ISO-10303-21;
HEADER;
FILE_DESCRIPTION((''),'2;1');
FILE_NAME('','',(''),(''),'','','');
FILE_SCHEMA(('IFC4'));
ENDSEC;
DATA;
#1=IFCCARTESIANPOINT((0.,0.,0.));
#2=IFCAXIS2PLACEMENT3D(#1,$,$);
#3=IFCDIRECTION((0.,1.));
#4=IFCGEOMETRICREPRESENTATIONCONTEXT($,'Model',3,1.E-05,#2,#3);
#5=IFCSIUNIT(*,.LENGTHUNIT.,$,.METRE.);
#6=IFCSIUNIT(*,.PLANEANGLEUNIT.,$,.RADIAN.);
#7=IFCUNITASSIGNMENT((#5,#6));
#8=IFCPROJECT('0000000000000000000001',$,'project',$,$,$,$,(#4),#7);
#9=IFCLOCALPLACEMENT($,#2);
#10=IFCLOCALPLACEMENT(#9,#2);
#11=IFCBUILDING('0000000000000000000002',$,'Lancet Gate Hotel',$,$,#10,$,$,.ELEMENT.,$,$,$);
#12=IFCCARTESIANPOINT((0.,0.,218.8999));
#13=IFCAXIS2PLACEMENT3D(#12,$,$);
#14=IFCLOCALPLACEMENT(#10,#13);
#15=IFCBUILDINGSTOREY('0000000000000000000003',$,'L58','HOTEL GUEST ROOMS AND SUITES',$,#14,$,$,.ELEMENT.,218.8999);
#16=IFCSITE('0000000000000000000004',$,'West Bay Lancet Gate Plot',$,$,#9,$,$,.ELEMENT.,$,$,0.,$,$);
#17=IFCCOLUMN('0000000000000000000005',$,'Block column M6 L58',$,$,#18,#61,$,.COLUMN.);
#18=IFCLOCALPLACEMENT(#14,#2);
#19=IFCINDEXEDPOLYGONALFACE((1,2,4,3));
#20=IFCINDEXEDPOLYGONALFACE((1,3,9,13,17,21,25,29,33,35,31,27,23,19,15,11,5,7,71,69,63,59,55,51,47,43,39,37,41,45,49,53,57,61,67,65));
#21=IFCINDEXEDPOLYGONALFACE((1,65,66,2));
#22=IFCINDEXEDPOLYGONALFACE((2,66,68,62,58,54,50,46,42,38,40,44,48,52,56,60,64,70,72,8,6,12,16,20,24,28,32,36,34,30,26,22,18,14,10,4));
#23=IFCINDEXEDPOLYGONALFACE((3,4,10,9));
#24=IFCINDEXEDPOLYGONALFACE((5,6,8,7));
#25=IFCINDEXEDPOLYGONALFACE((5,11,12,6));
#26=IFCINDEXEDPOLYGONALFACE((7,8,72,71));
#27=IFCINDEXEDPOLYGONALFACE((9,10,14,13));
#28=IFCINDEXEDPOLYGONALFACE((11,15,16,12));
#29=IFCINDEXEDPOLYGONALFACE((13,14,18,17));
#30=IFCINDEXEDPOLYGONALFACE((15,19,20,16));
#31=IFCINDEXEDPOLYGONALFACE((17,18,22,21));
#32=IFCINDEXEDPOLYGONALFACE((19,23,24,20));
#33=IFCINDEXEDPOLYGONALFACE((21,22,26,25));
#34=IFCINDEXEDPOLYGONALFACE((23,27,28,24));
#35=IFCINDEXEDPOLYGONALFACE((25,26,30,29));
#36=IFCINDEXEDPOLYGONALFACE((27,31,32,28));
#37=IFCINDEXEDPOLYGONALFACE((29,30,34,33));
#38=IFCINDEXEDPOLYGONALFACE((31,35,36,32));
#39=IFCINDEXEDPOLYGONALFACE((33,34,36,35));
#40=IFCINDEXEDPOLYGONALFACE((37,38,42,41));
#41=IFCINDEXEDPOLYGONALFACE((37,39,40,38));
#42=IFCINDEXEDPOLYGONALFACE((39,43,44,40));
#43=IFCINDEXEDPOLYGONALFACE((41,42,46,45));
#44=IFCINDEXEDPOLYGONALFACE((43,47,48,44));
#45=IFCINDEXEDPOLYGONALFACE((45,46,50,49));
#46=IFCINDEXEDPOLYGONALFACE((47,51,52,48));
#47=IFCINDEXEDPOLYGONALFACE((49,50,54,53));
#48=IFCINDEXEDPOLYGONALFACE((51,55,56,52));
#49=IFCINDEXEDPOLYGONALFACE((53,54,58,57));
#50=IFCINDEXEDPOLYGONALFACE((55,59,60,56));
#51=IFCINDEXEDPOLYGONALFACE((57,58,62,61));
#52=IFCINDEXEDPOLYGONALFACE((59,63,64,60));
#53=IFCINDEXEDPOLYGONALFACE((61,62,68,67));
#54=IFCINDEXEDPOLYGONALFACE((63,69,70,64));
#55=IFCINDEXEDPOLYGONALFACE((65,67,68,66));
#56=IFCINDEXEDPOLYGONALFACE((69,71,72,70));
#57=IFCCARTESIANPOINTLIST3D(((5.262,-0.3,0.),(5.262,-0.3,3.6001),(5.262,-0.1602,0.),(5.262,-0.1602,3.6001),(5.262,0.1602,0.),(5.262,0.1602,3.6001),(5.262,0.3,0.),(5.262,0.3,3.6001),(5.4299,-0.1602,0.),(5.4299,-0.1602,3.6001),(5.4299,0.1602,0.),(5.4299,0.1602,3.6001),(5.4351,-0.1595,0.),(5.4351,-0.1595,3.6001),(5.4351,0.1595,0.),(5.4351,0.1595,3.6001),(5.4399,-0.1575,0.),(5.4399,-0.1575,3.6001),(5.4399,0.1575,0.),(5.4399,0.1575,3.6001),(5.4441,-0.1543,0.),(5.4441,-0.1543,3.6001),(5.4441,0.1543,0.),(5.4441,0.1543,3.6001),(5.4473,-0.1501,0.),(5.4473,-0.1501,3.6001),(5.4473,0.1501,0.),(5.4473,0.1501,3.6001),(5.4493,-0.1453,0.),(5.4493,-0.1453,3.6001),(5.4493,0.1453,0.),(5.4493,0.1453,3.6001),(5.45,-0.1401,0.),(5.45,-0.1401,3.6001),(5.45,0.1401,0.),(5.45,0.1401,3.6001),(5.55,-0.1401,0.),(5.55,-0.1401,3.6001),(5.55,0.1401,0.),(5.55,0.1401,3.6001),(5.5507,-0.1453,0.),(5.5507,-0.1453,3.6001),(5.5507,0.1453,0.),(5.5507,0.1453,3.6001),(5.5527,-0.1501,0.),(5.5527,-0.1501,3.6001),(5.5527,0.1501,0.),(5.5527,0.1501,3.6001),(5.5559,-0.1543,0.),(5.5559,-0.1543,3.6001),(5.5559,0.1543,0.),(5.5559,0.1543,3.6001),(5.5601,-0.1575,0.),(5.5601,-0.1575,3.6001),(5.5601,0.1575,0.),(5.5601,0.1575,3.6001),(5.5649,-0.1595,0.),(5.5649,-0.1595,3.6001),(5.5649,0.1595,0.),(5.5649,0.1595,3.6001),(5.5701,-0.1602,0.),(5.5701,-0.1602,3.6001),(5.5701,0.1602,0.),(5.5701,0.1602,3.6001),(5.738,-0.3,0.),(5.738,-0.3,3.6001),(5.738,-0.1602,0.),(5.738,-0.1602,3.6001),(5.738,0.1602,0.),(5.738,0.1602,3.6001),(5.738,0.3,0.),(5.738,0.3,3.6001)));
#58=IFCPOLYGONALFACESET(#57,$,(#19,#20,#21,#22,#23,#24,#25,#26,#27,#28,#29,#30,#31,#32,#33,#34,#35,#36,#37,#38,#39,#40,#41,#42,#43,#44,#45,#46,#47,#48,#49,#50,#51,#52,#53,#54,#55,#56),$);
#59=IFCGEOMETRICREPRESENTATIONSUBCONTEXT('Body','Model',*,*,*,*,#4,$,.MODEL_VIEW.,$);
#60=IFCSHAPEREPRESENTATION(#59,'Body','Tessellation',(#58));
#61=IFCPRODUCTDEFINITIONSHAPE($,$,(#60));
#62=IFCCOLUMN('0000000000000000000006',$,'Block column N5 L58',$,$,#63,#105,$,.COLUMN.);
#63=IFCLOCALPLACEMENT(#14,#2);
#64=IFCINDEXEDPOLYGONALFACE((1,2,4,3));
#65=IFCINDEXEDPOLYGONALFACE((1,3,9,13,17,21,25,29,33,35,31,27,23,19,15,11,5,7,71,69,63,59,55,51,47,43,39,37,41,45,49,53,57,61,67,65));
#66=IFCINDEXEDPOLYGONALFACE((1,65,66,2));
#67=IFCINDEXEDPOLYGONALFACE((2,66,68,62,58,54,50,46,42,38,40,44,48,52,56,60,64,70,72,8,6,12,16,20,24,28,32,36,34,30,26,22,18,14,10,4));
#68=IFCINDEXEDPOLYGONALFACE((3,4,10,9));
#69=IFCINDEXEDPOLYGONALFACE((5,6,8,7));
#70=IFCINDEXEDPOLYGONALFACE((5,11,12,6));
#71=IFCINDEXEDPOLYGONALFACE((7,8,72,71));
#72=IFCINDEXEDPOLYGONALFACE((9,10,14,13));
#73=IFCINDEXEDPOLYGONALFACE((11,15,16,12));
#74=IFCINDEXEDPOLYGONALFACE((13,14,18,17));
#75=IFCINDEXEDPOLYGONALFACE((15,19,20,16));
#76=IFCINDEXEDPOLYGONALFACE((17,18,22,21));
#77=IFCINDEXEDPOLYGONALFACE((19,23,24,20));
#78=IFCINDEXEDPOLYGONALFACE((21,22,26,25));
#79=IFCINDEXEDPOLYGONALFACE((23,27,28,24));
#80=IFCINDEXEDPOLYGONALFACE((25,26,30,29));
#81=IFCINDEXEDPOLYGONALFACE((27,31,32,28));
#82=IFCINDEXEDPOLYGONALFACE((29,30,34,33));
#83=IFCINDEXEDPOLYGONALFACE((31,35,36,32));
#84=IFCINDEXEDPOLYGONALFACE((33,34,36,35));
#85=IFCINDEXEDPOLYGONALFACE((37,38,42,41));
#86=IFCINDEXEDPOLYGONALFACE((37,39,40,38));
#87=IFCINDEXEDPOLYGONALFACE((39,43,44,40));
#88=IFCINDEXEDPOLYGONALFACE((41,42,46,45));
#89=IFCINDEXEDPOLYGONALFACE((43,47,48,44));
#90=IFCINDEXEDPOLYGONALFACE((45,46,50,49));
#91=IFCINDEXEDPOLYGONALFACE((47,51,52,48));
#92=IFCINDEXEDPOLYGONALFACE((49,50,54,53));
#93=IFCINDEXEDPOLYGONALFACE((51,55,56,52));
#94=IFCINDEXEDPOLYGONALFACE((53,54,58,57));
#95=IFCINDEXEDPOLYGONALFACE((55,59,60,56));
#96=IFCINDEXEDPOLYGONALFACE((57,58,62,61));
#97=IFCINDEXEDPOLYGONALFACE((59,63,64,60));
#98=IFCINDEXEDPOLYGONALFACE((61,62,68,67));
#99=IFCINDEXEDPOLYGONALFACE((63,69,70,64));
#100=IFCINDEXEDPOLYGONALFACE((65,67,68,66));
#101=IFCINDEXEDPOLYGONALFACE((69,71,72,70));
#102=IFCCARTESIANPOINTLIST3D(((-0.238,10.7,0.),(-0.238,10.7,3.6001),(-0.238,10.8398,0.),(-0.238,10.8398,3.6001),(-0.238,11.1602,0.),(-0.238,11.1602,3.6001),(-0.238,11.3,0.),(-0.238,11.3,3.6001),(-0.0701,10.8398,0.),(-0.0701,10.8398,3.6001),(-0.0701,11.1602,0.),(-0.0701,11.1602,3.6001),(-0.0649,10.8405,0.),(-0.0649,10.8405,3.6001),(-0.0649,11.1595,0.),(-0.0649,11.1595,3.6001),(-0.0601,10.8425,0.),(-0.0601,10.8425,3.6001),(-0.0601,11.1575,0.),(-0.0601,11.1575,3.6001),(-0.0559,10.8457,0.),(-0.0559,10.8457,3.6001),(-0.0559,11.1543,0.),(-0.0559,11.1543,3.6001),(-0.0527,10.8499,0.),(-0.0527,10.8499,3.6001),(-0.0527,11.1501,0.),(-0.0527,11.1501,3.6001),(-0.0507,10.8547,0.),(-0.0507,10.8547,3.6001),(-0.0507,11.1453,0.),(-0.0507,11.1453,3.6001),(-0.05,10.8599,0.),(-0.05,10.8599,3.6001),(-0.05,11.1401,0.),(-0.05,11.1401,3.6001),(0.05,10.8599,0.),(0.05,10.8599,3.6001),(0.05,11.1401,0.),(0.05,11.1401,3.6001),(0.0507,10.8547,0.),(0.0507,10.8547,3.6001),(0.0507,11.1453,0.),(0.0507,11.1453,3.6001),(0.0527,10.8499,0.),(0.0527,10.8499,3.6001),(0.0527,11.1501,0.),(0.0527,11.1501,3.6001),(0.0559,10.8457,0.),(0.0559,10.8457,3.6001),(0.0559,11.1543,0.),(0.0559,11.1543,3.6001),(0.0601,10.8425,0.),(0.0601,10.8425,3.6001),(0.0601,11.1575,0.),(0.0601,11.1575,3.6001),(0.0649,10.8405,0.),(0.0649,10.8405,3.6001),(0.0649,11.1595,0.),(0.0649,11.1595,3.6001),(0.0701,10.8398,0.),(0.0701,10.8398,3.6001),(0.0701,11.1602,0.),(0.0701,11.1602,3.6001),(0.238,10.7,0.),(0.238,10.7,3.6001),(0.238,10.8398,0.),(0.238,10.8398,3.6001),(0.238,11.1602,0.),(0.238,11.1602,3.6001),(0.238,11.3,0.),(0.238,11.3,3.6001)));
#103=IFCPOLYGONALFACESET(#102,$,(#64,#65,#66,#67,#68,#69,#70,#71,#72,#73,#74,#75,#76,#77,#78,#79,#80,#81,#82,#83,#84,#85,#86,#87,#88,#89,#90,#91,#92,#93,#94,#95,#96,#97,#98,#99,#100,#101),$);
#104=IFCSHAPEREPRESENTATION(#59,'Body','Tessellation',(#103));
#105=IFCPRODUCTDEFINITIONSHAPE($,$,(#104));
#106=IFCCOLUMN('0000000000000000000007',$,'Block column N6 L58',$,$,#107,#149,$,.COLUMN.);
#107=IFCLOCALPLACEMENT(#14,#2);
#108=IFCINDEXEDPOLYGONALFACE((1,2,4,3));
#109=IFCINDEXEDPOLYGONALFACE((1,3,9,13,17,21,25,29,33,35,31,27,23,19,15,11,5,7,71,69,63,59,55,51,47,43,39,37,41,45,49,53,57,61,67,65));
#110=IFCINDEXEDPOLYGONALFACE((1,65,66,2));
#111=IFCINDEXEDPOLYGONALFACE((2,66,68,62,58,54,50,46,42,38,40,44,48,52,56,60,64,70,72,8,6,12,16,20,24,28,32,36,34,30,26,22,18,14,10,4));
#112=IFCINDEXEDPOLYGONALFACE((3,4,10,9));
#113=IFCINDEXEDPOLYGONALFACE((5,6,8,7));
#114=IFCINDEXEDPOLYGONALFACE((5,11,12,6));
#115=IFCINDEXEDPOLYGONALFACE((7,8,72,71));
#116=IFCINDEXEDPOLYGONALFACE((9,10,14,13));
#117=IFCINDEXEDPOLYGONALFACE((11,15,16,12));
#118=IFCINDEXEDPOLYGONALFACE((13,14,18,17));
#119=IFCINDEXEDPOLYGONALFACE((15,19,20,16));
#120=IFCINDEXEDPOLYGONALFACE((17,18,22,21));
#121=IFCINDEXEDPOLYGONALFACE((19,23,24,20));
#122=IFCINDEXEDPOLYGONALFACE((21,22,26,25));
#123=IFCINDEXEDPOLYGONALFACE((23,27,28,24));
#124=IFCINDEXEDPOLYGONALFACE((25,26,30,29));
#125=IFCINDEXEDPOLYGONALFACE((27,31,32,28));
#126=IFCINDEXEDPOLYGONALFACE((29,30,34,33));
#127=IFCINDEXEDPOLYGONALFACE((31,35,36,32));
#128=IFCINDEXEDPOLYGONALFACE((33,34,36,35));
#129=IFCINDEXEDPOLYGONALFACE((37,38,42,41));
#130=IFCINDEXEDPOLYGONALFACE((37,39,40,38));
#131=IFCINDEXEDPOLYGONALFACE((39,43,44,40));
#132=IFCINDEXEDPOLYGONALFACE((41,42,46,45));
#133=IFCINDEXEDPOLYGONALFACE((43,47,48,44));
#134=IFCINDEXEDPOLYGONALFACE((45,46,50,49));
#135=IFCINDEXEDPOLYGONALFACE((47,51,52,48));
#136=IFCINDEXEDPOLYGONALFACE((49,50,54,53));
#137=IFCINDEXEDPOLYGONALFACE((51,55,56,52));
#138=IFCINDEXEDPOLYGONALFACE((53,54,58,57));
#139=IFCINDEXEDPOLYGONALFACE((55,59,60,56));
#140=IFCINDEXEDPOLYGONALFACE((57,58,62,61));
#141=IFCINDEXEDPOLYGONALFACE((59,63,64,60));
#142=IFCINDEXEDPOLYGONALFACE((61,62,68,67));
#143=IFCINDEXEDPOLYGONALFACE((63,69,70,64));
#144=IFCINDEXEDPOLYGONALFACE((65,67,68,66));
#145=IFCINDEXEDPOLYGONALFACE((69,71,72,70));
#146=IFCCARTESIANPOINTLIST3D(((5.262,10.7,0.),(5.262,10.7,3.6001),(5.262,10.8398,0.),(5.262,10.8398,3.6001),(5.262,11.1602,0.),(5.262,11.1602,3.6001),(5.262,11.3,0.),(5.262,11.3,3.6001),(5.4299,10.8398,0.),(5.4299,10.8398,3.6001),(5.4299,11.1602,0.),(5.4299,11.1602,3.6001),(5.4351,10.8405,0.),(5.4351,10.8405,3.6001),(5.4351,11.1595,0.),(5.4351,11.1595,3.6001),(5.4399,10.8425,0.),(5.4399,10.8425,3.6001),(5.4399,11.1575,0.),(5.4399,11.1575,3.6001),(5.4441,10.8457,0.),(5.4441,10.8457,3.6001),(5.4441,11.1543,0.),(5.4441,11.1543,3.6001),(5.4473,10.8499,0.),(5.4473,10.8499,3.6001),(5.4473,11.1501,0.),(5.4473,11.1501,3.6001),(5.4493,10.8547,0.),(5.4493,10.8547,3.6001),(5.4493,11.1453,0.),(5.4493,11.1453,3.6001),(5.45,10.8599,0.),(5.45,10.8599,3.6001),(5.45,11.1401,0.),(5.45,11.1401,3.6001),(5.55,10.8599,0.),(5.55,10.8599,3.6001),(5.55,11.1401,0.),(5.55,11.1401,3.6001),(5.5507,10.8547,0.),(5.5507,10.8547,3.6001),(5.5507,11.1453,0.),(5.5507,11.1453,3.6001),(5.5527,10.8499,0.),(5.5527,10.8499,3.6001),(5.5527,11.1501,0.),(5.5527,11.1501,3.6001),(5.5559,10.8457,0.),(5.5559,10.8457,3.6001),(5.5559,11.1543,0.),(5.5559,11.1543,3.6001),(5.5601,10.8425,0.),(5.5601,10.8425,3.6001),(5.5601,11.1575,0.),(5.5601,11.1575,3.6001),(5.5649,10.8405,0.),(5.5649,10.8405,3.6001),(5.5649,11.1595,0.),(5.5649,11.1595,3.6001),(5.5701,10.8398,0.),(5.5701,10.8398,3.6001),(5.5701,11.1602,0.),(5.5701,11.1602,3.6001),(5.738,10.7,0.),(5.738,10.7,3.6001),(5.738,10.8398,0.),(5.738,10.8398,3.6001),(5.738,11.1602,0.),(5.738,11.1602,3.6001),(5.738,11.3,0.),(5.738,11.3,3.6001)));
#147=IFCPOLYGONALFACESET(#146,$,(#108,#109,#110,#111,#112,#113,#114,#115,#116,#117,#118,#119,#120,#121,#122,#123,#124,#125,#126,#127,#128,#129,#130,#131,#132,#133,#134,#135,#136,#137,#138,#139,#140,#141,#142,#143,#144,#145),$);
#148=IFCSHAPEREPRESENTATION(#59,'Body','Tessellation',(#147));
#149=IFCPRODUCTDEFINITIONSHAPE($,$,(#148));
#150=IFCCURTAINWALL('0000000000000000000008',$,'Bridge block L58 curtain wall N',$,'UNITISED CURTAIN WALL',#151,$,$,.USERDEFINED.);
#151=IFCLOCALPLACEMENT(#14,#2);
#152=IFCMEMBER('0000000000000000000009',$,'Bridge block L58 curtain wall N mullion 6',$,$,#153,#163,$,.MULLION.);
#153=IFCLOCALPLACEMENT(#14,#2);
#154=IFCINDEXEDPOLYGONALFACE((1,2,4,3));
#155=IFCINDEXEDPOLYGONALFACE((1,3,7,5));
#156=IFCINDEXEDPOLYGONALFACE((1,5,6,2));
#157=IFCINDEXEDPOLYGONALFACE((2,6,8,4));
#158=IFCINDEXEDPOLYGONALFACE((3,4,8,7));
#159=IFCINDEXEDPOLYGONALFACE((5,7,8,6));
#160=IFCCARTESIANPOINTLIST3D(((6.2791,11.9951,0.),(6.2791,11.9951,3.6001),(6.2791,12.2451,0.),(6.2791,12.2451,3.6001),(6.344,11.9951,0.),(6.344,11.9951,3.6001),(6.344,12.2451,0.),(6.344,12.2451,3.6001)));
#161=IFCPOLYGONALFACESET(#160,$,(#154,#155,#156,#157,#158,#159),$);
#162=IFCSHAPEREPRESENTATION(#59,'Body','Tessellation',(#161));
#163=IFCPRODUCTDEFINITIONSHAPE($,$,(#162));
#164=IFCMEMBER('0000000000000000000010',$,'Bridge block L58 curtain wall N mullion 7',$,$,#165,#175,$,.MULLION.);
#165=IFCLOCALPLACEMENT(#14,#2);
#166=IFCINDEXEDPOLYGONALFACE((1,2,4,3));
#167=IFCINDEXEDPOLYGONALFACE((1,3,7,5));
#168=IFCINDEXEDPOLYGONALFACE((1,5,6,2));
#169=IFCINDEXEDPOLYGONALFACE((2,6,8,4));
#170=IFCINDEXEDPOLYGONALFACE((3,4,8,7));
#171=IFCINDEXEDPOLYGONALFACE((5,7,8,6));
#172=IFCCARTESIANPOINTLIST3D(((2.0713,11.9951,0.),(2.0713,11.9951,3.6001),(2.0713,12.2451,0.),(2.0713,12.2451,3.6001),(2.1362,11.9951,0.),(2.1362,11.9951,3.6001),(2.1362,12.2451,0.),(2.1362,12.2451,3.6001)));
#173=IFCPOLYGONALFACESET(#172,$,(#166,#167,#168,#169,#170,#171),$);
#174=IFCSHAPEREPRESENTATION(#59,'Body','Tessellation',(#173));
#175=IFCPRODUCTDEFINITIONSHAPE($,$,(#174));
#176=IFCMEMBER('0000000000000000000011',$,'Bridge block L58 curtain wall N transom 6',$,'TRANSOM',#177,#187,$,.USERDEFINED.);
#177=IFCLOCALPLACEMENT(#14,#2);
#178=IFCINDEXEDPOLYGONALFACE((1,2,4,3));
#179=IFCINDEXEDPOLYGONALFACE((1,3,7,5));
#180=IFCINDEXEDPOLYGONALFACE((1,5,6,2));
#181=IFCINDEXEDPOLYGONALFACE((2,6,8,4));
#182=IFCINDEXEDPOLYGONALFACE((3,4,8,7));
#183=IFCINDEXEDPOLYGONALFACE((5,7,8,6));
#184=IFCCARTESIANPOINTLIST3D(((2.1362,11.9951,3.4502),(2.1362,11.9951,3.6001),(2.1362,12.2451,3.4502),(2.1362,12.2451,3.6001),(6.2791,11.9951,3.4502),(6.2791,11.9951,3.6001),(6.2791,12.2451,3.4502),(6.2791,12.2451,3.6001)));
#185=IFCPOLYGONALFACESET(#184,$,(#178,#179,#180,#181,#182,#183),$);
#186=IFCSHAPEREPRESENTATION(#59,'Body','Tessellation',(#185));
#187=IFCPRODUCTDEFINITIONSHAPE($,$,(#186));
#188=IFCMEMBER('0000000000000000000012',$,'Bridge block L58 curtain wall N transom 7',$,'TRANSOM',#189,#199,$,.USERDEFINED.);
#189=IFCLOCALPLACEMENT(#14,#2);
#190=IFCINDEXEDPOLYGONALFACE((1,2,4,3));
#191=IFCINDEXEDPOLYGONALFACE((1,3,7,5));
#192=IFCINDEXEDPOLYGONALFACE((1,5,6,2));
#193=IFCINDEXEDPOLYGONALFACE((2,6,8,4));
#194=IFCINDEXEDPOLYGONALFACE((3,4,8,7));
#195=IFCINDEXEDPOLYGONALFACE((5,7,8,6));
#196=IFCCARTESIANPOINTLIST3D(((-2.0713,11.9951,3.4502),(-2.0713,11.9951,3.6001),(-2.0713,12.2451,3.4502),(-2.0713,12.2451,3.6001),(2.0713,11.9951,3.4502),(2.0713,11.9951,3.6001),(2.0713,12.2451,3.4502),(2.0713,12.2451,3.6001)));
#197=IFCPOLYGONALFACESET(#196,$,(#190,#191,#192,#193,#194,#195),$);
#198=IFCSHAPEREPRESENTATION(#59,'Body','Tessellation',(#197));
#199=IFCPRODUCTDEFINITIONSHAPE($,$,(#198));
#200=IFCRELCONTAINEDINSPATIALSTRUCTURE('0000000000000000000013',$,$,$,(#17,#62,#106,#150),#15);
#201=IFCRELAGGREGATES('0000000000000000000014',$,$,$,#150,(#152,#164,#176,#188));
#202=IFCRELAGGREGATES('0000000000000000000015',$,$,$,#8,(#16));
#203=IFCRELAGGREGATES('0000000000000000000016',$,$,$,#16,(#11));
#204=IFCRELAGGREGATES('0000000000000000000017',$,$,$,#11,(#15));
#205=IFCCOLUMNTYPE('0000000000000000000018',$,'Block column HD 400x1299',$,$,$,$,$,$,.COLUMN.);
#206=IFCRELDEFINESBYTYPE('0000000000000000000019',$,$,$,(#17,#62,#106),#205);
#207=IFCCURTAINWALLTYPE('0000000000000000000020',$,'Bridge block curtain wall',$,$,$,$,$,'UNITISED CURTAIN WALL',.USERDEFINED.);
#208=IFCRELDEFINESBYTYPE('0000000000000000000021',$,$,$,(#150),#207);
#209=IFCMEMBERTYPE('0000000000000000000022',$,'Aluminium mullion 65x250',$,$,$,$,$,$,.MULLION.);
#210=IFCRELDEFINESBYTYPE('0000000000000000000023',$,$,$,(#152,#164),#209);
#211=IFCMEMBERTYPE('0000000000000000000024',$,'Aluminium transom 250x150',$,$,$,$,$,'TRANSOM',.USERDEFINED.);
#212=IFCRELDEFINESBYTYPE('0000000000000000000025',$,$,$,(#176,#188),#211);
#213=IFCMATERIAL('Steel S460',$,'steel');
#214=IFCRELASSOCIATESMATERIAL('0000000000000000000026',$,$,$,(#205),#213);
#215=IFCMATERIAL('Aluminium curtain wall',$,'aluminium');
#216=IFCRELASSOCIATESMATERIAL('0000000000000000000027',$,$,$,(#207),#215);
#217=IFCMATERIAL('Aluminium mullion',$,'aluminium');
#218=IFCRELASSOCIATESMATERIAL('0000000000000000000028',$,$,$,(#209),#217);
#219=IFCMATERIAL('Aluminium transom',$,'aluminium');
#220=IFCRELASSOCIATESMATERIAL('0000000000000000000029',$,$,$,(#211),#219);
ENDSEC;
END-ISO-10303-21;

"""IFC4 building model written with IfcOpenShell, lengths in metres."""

from ifc_helpers import new_model, si_unit, direction, frame, origin, origin_2d, place, context, subcontext, project, spatial, rectangle, i_section, extrude, material, material_profile, profile_set, type_object, element, aggregate, save


model = new_model("IFC4")

# Units and contexts
model_context = context("Model", 3, precision=1e-05, world=origin(), true_north=direction((0.0, 1.0)))
body_context = subcontext(model_context, "Body", "Model", "MODEL_VIEW")
ifc_project = project(units=[si_unit("LENGTHUNIT", "METRE"), si_unit("PLANEANGLEUNIT", "RADIAN")], contexts=[model_context])

# Site, building, storey
site_placement = place(None, origin())
site = spatial("IfcSite", under=ifc_project, at=site_placement, Name="West Bay Lancet Gate Plot", CompositionType="ELEMENT", RefElevation=0.0)
building_placement = place(site_placement, origin())
building = spatial("IfcBuilding", under=site, at=building_placement, Name="Lancet Gate Hotel", CompositionType="ELEMENT")
storey_placement = place(building_placement, frame((0.0, 0.0, 218.8999)))
storey = spatial("IfcBuildingStorey", under=building, at=storey_placement, Name="L58", Description="HOTEL GUEST ROOMS AND SUITES", CompositionType="ELEMENT", Elevation=218.8999)

# Columns
ifc_material_1 = material(Name="Steel S460", Category="steel")
ifc_material_profile_1 = material_profile(ifc_material_1, i_section(OverallWidth=0.4761, OverallDepth=0.6001, WebThickness=0.1001, FlangeThickness=0.1399, FilletRadius=0.02, at=origin_2d()), Name="HD 400x1299")
ifc_profile_set_1 = profile_set([ifc_material_profile_1], Name="Steel S460")
column_type = type_object("IfcColumnType", Name="Block column HD 400x1299", PredefinedType="COLUMN", material=ifc_profile_set_1)
for number, where, z_axis, x_axis, name in (
    (1, (5.5, 0.0, 0.0), (0.0, 0.0, 1.0), (1.0, 0.0, 0.0), "Block column M6 L58"),
    (2, (0.0, 11.0, 0.0), (0.0, 0.0, 1.0), (1.0, 0.0, 0.0), "Block column N5 L58"),
    (3, (5.5, 11.0, 0.0), (0.0, 0.0, 1.0), (1.0, 0.0, 0.0), "Block column N6 L58"),
):
    element("IfcColumn", number, at=place(storey_placement, frame(where, z_axis=z_axis, x_axis=x_axis)), inside=storey, type_object=column_type, Name=name, PredefinedType="COLUMN", context=body_context, shape_type="SweptSolid", body=[
        extrude(i_section(OverallWidth=0.4761, OverallDepth=0.6001, WebThickness=0.1001, FlangeThickness=0.1399, FilletRadius=0.02, at=origin_2d()), origin(), (0.0, 0.0, 1.0), 3.6001),
    ])

# Curtain wall, members
ifc_material_2 = material(Name="Aluminium curtain wall", Category="aluminium")
curtain_wall_type = type_object("IfcCurtainWallType", Name="Bridge block curtain wall", ElementType="UNITISED CURTAIN WALL", PredefinedType="USERDEFINED", material=ifc_material_2)
curtain_wall_placement = place(storey_placement, origin())
curtain_wall = element("IfcCurtainWall", 4, at=curtain_wall_placement, inside=storey, type_object=curtain_wall_type, Name="Bridge block L58 curtain wall N", ObjectType="UNITISED CURTAIN WALL", PredefinedType="USERDEFINED")
ifc_material_3 = material(Name="Aluminium mullion", Category="aluminium")
ifc_material_profile_2 = material_profile(ifc_material_3, rectangle(XDim=0.0649, YDim=0.25, at=origin_2d()), Name="MULLION 65x250")
ifc_profile_set_2 = profile_set([ifc_material_profile_2], Name="Aluminium mullion")
member_type_1 = type_object("IfcMemberType", Name="Aluminium mullion 65x250", PredefinedType="MULLION", material=ifc_profile_set_2)
member_1_placement = place(storey_placement, frame((6.3115, 12.1201, 0.0), z_axis=(0.0, 0.0, 1.0), x_axis=(-1.0, 0.0, 0.0)))
member_1 = element("IfcMember", 5, at=member_1_placement, type_object=member_type_1, Name="Bridge block L58 curtain wall N mullion 6", PredefinedType="MULLION", context=body_context, shape_type="SweptSolid", body=[
    extrude(rectangle(XDim=0.0649, YDim=0.25, at=origin_2d()), origin(), (0.0, 0.0, 1.0), 3.6001),
])
member_2_placement = place(storey_placement, frame((2.1038, 12.1201, 0.0), z_axis=(0.0, 0.0, 1.0), x_axis=(-1.0, 0.0, 0.0)))
member_2 = element("IfcMember", 6, at=member_2_placement, type_object=member_type_1, Name="Bridge block L58 curtain wall N mullion 7", PredefinedType="MULLION", context=body_context, shape_type="SweptSolid", body=[
    extrude(rectangle(XDim=0.0649, YDim=0.25, at=origin_2d()), origin(), (0.0, 0.0, 1.0), 3.6001),
])
ifc_material_4 = material(Name="Aluminium transom", Category="aluminium")
ifc_material_profile_3 = material_profile(ifc_material_4, rectangle(XDim=0.25, YDim=0.1499, at=origin_2d()), Name="TRANSOM 250x150")
ifc_profile_set_3 = profile_set([ifc_material_profile_3], Name="Aluminium transom")
member_type_2 = type_object("IfcMemberType", Name="Aluminium transom 250x150", ElementType="TRANSOM", PredefinedType="USERDEFINED", material=ifc_profile_set_3)
member_3_placement = place(storey_placement, frame((6.2791, 12.1201, 3.5251), z_axis=(-1.0, 0.0, 0.0), x_axis=(0.0, -1.0, 0.0)))
member_3 = element("IfcMember", 7, at=member_3_placement, type_object=member_type_2, Name="Bridge block L58 curtain wall N transom 6", ObjectType="TRANSOM", PredefinedType="USERDEFINED", context=body_context, shape_type="SweptSolid", body=[
    extrude(rectangle(XDim=0.25, YDim=0.1499, at=origin_2d()), origin(), (0.0, 0.0, 1.0), 4.1428),
])
member_4_placement = place(storey_placement, frame((2.0713, 12.1201, 3.5251), z_axis=(-1.0, 0.0, 0.0), x_axis=(0.0, -1.0, 0.0)))
member_4 = element("IfcMember", 8, at=member_4_placement, type_object=member_type_2, Name="Bridge block L58 curtain wall N transom 7", ObjectType="TRANSOM", PredefinedType="USERDEFINED", context=body_context, shape_type="SweptSolid", body=[
    extrude(rectangle(XDim=0.25, YDim=0.1499, at=origin_2d()), origin(), (0.0, 0.0, 1.0), 4.1426),
])

aggregate(curtain_wall, [member_1, member_2, member_3, member_4])

save(model, "model.ifc")
